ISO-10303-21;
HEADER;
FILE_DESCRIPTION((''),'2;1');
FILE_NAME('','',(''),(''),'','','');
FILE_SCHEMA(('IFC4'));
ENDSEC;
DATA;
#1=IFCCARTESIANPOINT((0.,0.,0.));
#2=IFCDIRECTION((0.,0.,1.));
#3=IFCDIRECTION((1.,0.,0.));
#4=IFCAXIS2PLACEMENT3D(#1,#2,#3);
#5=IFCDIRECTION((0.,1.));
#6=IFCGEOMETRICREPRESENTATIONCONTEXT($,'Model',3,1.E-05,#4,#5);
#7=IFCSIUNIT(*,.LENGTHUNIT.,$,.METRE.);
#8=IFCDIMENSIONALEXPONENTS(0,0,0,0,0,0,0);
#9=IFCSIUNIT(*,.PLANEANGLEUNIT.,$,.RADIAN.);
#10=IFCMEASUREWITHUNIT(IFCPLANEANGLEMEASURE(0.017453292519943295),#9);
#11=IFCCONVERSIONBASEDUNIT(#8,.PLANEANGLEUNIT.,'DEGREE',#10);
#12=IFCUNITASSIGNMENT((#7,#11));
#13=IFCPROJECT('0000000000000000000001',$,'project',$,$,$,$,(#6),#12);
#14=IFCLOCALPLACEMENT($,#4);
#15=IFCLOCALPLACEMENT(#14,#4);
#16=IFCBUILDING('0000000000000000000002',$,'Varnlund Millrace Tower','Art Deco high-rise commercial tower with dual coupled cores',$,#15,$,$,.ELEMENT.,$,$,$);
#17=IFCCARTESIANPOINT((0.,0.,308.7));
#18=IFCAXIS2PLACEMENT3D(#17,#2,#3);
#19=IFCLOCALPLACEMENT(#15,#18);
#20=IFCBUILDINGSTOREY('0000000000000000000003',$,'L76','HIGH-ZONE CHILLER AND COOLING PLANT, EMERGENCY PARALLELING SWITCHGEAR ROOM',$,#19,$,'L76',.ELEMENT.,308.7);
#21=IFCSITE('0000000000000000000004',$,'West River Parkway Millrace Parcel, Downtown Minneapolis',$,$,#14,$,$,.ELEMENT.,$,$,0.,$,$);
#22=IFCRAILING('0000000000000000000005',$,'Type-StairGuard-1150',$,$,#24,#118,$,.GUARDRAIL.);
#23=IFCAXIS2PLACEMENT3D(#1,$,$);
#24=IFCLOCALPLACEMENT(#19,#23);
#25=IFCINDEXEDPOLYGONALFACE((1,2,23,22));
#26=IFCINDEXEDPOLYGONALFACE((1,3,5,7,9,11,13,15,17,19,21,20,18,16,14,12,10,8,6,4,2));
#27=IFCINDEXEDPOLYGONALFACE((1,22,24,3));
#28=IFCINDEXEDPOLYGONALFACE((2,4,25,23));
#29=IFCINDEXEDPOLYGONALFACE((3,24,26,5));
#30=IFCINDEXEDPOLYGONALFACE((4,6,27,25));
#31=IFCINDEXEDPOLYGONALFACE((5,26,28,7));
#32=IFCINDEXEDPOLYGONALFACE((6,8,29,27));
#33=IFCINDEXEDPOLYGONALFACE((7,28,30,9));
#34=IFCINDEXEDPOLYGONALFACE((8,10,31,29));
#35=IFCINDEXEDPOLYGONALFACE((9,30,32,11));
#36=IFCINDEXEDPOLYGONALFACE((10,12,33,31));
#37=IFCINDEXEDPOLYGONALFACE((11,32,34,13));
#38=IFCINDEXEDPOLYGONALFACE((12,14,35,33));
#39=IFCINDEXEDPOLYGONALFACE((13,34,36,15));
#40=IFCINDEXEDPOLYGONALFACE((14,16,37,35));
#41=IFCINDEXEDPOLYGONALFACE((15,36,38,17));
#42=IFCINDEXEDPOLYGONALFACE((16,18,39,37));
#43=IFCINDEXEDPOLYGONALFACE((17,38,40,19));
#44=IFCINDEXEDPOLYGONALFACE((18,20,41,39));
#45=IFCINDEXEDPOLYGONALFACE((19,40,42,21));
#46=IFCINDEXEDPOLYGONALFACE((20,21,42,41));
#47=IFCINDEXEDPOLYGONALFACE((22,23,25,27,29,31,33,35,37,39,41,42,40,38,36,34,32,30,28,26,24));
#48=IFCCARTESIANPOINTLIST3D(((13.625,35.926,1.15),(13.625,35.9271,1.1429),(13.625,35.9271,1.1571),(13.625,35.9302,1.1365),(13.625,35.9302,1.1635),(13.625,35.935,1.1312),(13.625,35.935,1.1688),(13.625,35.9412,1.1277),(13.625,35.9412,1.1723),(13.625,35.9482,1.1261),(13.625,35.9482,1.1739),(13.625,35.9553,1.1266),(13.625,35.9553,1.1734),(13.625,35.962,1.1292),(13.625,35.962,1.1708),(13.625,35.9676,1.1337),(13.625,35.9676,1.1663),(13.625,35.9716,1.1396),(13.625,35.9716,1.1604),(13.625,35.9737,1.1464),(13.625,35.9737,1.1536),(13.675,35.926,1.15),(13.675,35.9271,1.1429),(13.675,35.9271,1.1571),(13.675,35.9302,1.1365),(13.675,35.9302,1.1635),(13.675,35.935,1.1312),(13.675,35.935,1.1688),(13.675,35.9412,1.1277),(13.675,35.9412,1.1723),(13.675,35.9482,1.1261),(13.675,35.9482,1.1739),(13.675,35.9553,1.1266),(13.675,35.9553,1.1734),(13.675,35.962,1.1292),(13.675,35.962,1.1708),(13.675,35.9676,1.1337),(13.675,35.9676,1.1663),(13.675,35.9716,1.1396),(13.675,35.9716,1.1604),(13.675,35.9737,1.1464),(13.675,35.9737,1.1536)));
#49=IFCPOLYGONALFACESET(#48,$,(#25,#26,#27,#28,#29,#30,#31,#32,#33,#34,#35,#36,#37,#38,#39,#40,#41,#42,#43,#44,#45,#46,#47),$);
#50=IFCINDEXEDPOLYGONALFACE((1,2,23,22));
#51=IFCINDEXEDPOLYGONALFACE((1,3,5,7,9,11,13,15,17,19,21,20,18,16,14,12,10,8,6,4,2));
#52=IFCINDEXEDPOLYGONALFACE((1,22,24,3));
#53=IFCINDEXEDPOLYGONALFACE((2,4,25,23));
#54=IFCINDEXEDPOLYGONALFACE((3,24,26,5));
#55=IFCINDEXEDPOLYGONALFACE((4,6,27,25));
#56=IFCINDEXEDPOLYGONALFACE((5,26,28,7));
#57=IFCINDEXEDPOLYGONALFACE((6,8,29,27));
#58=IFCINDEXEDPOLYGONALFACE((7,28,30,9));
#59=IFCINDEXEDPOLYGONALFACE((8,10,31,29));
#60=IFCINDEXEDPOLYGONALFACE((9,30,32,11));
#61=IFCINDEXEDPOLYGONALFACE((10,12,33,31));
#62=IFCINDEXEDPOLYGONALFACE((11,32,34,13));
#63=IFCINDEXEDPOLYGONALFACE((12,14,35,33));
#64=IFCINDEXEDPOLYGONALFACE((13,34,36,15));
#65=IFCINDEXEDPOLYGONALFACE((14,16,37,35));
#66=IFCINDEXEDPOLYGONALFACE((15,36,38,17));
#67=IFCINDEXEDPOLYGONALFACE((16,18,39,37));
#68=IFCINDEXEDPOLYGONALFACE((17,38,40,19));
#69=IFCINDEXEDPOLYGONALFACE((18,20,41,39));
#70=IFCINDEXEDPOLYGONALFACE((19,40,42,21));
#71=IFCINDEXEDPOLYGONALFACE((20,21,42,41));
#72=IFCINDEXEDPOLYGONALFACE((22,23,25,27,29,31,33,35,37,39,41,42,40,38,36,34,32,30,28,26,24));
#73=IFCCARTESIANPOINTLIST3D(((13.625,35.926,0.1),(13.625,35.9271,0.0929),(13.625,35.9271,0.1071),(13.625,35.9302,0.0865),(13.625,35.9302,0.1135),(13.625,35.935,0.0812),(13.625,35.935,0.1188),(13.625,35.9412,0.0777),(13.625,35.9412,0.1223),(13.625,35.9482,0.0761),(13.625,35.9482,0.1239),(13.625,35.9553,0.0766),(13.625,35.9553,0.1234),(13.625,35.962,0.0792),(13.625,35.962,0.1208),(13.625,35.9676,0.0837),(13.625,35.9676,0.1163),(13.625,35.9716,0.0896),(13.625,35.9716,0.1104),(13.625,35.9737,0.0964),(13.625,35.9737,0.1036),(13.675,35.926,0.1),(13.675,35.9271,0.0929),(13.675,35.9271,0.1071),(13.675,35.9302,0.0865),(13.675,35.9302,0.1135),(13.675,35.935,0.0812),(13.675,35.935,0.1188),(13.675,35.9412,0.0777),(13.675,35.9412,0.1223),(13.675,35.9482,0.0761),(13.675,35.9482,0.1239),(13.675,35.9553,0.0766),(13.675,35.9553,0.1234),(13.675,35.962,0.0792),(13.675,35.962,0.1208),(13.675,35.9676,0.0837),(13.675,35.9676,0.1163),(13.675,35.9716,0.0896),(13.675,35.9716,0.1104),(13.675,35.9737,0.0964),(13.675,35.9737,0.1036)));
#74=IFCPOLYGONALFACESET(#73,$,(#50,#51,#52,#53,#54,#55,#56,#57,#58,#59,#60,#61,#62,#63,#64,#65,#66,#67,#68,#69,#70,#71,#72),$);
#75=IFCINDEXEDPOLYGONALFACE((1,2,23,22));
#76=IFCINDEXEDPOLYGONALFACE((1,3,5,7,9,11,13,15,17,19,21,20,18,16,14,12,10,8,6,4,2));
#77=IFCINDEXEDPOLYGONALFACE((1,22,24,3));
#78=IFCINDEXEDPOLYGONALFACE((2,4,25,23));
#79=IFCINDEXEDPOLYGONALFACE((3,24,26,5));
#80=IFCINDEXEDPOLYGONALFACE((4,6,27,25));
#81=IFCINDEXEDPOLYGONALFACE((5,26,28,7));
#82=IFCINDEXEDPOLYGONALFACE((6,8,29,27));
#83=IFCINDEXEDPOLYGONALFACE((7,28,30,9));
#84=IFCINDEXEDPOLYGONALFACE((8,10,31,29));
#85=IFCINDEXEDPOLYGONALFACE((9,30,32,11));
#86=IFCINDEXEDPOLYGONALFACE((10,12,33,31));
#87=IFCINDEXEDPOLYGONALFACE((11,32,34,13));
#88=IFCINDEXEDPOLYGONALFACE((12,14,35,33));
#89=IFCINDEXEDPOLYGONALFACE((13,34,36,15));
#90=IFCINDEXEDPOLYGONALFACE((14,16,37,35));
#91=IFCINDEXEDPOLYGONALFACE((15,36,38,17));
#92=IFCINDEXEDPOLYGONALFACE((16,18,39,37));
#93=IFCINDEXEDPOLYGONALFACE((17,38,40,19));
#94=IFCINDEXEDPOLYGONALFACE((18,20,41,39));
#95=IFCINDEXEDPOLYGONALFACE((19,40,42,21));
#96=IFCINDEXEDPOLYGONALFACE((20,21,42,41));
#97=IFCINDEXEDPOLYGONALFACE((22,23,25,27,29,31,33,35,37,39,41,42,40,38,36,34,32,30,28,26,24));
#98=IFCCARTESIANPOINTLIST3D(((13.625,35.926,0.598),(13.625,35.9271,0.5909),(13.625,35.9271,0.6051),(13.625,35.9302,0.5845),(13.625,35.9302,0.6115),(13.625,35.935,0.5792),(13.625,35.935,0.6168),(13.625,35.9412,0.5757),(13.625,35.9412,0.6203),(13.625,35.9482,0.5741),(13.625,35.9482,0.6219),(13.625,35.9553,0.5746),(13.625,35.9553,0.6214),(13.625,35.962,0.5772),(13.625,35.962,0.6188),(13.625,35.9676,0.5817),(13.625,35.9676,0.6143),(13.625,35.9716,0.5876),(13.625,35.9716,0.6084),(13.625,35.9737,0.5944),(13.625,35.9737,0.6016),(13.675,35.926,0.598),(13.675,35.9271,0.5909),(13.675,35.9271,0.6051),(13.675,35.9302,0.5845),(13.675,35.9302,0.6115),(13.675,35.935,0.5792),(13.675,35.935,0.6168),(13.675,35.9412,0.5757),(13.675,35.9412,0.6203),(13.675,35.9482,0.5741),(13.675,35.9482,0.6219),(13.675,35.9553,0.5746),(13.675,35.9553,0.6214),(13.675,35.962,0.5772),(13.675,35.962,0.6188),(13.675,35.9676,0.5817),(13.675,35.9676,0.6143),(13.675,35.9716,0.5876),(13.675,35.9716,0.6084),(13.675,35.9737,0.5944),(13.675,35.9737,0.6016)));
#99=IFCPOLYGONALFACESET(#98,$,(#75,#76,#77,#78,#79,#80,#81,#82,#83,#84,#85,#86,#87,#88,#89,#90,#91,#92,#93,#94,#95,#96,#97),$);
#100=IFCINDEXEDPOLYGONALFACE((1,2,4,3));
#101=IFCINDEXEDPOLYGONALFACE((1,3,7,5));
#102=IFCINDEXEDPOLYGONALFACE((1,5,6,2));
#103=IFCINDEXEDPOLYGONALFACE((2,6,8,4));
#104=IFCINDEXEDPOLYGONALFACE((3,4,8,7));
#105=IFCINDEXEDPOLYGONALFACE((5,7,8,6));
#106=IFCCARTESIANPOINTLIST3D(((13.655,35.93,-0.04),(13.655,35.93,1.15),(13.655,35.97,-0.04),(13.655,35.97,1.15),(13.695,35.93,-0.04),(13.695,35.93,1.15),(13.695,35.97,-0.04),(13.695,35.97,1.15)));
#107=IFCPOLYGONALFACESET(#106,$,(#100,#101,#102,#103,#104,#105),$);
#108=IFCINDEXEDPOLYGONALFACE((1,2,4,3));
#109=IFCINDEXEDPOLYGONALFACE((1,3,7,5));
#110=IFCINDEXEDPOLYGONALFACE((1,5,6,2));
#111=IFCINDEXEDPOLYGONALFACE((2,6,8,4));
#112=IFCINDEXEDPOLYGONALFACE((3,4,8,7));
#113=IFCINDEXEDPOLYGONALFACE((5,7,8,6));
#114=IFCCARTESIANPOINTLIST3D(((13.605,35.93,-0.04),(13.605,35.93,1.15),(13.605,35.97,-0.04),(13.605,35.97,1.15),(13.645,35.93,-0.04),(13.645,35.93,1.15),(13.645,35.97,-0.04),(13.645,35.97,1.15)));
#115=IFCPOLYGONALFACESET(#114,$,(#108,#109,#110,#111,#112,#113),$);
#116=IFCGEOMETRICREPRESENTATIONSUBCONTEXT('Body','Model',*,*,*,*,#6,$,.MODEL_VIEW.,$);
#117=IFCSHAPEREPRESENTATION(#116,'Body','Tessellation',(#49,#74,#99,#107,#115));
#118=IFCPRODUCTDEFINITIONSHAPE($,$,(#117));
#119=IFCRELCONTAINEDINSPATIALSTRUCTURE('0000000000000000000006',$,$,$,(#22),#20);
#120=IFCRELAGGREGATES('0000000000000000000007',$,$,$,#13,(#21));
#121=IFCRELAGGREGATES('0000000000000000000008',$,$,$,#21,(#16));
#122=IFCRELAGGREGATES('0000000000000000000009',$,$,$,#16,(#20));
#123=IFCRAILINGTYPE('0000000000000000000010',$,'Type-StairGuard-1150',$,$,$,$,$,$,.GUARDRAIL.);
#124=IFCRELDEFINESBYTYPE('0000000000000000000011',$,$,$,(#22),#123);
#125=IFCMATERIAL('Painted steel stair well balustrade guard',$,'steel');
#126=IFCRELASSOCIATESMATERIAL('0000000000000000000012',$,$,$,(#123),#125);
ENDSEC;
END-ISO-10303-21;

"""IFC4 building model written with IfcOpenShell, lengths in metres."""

from ifc_helpers import new_model, entity, si_unit, converted_unit, direction, frame, origin_with_axes, origin_2d_with_axis, place, context, subcontext, project, spatial, rectangle, circle, extrude, material, type_object, element, save


model = new_model("IFC4")

# Units and contexts
model_context = context("Model", 3, precision=1e-05, world=origin_with_axes(), true_north=direction((0.0, 1.0)))
body_context = subcontext(model_context, "Body", "Model", "MODEL_VIEW")
ifc_project = project(units=[si_unit("LENGTHUNIT", "METRE"), converted_unit("PLANEANGLEUNIT", "DEGREE", entity("IfcPlaneAngleMeasure", 0.017453292519943295), si_unit("PLANEANGLEUNIT", "RADIAN"), dimensions=[0, 0, 0, 0, 0, 0, 0])], contexts=[model_context])

# Site, building, storey
site_placement = place(None, origin_with_axes())
site = spatial("IfcSite", under=ifc_project, at=site_placement, Name="West River Parkway Millrace Parcel, Downtown Minneapolis", CompositionType="ELEMENT", RefElevation=0.0)
building_placement = place(site_placement, origin_with_axes())
building = spatial("IfcBuilding", under=site, at=building_placement, Name="Varnlund Millrace Tower", Description="Art Deco high-rise commercial tower with dual coupled cores", CompositionType="ELEMENT")
storey_placement = place(building_placement, frame((0.0, 0.0, 308.7), z_axis=(0.0, 0.0, 1.0), x_axis=(1.0, 0.0, 0.0)))
storey = spatial("IfcBuildingStorey", under=building, at=storey_placement, Name="L76", Description="HIGH-ZONE CHILLER AND COOLING PLANT, EMERGENCY PARALLELING SWITCHGEAR ROOM", LongName="L76", CompositionType="ELEMENT", Elevation=308.7)

# Railing
ifc_material_1 = material(Name="Painted steel stair well balustrade guard", Category="steel")
railing_type_1 = type_object("IfcRailingType", Name="Type-StairGuard-1150", PredefinedType="GUARDRAIL", material=ifc_material_1)
railing_1_placement = place(storey_placement, frame((0.0, 0.0, -308.7), z_axis=(0.0, 0.0, 1.0), x_axis=(1.0, 0.0, 0.0)))
element("IfcRailing", 1, at=railing_1_placement, inside=storey, type_object=railing_type_1, Name="Type-StairGuard-1150", PredefinedType="GUARDRAIL", context=body_context, shape_type="SweptSolid", body=[
    extrude(circle(Radius=0.024, at=origin_2d_with_axis()), frame((13.675, 35.95, 309.85), z_axis=(-1.0, 0.0, 0.0), x_axis=(0.0, -1.0, 0.0)), (0.0, 0.0, 1.0), 0.05),
    extrude(circle(Radius=0.024, at=origin_2d_with_axis()), frame((13.675, 35.95, 308.8), z_axis=(-1.0, 0.0, 0.0), x_axis=(0.0, -1.0, 0.0)), (0.0, 0.0, 1.0), 0.05),
    extrude(circle(Radius=0.024, at=origin_2d_with_axis()), frame((13.675, 35.95, 309.298), z_axis=(-1.0, 0.0, 0.0), x_axis=(0.0, -1.0, 0.0)), (0.0, 0.0, 1.0), 0.05),
    extrude(rectangle(XDim=0.04, YDim=0.04, at=origin_2d_with_axis()), frame((13.675, 35.95, 308.66), z_axis=(0.0, 0.0, 1.0), x_axis=(1.0, 0.0, 0.0)), (0.0, 0.0, 1.0), 1.19),
    extrude(rectangle(XDim=0.04, YDim=0.04, at=origin_2d_with_axis()), frame((13.625, 35.95, 308.66), z_axis=(0.0, 0.0, 1.0), x_axis=(1.0, 0.0, 0.0)), (0.0, 0.0, 1.0), 1.19),
])

save(model, "model.ifc")
